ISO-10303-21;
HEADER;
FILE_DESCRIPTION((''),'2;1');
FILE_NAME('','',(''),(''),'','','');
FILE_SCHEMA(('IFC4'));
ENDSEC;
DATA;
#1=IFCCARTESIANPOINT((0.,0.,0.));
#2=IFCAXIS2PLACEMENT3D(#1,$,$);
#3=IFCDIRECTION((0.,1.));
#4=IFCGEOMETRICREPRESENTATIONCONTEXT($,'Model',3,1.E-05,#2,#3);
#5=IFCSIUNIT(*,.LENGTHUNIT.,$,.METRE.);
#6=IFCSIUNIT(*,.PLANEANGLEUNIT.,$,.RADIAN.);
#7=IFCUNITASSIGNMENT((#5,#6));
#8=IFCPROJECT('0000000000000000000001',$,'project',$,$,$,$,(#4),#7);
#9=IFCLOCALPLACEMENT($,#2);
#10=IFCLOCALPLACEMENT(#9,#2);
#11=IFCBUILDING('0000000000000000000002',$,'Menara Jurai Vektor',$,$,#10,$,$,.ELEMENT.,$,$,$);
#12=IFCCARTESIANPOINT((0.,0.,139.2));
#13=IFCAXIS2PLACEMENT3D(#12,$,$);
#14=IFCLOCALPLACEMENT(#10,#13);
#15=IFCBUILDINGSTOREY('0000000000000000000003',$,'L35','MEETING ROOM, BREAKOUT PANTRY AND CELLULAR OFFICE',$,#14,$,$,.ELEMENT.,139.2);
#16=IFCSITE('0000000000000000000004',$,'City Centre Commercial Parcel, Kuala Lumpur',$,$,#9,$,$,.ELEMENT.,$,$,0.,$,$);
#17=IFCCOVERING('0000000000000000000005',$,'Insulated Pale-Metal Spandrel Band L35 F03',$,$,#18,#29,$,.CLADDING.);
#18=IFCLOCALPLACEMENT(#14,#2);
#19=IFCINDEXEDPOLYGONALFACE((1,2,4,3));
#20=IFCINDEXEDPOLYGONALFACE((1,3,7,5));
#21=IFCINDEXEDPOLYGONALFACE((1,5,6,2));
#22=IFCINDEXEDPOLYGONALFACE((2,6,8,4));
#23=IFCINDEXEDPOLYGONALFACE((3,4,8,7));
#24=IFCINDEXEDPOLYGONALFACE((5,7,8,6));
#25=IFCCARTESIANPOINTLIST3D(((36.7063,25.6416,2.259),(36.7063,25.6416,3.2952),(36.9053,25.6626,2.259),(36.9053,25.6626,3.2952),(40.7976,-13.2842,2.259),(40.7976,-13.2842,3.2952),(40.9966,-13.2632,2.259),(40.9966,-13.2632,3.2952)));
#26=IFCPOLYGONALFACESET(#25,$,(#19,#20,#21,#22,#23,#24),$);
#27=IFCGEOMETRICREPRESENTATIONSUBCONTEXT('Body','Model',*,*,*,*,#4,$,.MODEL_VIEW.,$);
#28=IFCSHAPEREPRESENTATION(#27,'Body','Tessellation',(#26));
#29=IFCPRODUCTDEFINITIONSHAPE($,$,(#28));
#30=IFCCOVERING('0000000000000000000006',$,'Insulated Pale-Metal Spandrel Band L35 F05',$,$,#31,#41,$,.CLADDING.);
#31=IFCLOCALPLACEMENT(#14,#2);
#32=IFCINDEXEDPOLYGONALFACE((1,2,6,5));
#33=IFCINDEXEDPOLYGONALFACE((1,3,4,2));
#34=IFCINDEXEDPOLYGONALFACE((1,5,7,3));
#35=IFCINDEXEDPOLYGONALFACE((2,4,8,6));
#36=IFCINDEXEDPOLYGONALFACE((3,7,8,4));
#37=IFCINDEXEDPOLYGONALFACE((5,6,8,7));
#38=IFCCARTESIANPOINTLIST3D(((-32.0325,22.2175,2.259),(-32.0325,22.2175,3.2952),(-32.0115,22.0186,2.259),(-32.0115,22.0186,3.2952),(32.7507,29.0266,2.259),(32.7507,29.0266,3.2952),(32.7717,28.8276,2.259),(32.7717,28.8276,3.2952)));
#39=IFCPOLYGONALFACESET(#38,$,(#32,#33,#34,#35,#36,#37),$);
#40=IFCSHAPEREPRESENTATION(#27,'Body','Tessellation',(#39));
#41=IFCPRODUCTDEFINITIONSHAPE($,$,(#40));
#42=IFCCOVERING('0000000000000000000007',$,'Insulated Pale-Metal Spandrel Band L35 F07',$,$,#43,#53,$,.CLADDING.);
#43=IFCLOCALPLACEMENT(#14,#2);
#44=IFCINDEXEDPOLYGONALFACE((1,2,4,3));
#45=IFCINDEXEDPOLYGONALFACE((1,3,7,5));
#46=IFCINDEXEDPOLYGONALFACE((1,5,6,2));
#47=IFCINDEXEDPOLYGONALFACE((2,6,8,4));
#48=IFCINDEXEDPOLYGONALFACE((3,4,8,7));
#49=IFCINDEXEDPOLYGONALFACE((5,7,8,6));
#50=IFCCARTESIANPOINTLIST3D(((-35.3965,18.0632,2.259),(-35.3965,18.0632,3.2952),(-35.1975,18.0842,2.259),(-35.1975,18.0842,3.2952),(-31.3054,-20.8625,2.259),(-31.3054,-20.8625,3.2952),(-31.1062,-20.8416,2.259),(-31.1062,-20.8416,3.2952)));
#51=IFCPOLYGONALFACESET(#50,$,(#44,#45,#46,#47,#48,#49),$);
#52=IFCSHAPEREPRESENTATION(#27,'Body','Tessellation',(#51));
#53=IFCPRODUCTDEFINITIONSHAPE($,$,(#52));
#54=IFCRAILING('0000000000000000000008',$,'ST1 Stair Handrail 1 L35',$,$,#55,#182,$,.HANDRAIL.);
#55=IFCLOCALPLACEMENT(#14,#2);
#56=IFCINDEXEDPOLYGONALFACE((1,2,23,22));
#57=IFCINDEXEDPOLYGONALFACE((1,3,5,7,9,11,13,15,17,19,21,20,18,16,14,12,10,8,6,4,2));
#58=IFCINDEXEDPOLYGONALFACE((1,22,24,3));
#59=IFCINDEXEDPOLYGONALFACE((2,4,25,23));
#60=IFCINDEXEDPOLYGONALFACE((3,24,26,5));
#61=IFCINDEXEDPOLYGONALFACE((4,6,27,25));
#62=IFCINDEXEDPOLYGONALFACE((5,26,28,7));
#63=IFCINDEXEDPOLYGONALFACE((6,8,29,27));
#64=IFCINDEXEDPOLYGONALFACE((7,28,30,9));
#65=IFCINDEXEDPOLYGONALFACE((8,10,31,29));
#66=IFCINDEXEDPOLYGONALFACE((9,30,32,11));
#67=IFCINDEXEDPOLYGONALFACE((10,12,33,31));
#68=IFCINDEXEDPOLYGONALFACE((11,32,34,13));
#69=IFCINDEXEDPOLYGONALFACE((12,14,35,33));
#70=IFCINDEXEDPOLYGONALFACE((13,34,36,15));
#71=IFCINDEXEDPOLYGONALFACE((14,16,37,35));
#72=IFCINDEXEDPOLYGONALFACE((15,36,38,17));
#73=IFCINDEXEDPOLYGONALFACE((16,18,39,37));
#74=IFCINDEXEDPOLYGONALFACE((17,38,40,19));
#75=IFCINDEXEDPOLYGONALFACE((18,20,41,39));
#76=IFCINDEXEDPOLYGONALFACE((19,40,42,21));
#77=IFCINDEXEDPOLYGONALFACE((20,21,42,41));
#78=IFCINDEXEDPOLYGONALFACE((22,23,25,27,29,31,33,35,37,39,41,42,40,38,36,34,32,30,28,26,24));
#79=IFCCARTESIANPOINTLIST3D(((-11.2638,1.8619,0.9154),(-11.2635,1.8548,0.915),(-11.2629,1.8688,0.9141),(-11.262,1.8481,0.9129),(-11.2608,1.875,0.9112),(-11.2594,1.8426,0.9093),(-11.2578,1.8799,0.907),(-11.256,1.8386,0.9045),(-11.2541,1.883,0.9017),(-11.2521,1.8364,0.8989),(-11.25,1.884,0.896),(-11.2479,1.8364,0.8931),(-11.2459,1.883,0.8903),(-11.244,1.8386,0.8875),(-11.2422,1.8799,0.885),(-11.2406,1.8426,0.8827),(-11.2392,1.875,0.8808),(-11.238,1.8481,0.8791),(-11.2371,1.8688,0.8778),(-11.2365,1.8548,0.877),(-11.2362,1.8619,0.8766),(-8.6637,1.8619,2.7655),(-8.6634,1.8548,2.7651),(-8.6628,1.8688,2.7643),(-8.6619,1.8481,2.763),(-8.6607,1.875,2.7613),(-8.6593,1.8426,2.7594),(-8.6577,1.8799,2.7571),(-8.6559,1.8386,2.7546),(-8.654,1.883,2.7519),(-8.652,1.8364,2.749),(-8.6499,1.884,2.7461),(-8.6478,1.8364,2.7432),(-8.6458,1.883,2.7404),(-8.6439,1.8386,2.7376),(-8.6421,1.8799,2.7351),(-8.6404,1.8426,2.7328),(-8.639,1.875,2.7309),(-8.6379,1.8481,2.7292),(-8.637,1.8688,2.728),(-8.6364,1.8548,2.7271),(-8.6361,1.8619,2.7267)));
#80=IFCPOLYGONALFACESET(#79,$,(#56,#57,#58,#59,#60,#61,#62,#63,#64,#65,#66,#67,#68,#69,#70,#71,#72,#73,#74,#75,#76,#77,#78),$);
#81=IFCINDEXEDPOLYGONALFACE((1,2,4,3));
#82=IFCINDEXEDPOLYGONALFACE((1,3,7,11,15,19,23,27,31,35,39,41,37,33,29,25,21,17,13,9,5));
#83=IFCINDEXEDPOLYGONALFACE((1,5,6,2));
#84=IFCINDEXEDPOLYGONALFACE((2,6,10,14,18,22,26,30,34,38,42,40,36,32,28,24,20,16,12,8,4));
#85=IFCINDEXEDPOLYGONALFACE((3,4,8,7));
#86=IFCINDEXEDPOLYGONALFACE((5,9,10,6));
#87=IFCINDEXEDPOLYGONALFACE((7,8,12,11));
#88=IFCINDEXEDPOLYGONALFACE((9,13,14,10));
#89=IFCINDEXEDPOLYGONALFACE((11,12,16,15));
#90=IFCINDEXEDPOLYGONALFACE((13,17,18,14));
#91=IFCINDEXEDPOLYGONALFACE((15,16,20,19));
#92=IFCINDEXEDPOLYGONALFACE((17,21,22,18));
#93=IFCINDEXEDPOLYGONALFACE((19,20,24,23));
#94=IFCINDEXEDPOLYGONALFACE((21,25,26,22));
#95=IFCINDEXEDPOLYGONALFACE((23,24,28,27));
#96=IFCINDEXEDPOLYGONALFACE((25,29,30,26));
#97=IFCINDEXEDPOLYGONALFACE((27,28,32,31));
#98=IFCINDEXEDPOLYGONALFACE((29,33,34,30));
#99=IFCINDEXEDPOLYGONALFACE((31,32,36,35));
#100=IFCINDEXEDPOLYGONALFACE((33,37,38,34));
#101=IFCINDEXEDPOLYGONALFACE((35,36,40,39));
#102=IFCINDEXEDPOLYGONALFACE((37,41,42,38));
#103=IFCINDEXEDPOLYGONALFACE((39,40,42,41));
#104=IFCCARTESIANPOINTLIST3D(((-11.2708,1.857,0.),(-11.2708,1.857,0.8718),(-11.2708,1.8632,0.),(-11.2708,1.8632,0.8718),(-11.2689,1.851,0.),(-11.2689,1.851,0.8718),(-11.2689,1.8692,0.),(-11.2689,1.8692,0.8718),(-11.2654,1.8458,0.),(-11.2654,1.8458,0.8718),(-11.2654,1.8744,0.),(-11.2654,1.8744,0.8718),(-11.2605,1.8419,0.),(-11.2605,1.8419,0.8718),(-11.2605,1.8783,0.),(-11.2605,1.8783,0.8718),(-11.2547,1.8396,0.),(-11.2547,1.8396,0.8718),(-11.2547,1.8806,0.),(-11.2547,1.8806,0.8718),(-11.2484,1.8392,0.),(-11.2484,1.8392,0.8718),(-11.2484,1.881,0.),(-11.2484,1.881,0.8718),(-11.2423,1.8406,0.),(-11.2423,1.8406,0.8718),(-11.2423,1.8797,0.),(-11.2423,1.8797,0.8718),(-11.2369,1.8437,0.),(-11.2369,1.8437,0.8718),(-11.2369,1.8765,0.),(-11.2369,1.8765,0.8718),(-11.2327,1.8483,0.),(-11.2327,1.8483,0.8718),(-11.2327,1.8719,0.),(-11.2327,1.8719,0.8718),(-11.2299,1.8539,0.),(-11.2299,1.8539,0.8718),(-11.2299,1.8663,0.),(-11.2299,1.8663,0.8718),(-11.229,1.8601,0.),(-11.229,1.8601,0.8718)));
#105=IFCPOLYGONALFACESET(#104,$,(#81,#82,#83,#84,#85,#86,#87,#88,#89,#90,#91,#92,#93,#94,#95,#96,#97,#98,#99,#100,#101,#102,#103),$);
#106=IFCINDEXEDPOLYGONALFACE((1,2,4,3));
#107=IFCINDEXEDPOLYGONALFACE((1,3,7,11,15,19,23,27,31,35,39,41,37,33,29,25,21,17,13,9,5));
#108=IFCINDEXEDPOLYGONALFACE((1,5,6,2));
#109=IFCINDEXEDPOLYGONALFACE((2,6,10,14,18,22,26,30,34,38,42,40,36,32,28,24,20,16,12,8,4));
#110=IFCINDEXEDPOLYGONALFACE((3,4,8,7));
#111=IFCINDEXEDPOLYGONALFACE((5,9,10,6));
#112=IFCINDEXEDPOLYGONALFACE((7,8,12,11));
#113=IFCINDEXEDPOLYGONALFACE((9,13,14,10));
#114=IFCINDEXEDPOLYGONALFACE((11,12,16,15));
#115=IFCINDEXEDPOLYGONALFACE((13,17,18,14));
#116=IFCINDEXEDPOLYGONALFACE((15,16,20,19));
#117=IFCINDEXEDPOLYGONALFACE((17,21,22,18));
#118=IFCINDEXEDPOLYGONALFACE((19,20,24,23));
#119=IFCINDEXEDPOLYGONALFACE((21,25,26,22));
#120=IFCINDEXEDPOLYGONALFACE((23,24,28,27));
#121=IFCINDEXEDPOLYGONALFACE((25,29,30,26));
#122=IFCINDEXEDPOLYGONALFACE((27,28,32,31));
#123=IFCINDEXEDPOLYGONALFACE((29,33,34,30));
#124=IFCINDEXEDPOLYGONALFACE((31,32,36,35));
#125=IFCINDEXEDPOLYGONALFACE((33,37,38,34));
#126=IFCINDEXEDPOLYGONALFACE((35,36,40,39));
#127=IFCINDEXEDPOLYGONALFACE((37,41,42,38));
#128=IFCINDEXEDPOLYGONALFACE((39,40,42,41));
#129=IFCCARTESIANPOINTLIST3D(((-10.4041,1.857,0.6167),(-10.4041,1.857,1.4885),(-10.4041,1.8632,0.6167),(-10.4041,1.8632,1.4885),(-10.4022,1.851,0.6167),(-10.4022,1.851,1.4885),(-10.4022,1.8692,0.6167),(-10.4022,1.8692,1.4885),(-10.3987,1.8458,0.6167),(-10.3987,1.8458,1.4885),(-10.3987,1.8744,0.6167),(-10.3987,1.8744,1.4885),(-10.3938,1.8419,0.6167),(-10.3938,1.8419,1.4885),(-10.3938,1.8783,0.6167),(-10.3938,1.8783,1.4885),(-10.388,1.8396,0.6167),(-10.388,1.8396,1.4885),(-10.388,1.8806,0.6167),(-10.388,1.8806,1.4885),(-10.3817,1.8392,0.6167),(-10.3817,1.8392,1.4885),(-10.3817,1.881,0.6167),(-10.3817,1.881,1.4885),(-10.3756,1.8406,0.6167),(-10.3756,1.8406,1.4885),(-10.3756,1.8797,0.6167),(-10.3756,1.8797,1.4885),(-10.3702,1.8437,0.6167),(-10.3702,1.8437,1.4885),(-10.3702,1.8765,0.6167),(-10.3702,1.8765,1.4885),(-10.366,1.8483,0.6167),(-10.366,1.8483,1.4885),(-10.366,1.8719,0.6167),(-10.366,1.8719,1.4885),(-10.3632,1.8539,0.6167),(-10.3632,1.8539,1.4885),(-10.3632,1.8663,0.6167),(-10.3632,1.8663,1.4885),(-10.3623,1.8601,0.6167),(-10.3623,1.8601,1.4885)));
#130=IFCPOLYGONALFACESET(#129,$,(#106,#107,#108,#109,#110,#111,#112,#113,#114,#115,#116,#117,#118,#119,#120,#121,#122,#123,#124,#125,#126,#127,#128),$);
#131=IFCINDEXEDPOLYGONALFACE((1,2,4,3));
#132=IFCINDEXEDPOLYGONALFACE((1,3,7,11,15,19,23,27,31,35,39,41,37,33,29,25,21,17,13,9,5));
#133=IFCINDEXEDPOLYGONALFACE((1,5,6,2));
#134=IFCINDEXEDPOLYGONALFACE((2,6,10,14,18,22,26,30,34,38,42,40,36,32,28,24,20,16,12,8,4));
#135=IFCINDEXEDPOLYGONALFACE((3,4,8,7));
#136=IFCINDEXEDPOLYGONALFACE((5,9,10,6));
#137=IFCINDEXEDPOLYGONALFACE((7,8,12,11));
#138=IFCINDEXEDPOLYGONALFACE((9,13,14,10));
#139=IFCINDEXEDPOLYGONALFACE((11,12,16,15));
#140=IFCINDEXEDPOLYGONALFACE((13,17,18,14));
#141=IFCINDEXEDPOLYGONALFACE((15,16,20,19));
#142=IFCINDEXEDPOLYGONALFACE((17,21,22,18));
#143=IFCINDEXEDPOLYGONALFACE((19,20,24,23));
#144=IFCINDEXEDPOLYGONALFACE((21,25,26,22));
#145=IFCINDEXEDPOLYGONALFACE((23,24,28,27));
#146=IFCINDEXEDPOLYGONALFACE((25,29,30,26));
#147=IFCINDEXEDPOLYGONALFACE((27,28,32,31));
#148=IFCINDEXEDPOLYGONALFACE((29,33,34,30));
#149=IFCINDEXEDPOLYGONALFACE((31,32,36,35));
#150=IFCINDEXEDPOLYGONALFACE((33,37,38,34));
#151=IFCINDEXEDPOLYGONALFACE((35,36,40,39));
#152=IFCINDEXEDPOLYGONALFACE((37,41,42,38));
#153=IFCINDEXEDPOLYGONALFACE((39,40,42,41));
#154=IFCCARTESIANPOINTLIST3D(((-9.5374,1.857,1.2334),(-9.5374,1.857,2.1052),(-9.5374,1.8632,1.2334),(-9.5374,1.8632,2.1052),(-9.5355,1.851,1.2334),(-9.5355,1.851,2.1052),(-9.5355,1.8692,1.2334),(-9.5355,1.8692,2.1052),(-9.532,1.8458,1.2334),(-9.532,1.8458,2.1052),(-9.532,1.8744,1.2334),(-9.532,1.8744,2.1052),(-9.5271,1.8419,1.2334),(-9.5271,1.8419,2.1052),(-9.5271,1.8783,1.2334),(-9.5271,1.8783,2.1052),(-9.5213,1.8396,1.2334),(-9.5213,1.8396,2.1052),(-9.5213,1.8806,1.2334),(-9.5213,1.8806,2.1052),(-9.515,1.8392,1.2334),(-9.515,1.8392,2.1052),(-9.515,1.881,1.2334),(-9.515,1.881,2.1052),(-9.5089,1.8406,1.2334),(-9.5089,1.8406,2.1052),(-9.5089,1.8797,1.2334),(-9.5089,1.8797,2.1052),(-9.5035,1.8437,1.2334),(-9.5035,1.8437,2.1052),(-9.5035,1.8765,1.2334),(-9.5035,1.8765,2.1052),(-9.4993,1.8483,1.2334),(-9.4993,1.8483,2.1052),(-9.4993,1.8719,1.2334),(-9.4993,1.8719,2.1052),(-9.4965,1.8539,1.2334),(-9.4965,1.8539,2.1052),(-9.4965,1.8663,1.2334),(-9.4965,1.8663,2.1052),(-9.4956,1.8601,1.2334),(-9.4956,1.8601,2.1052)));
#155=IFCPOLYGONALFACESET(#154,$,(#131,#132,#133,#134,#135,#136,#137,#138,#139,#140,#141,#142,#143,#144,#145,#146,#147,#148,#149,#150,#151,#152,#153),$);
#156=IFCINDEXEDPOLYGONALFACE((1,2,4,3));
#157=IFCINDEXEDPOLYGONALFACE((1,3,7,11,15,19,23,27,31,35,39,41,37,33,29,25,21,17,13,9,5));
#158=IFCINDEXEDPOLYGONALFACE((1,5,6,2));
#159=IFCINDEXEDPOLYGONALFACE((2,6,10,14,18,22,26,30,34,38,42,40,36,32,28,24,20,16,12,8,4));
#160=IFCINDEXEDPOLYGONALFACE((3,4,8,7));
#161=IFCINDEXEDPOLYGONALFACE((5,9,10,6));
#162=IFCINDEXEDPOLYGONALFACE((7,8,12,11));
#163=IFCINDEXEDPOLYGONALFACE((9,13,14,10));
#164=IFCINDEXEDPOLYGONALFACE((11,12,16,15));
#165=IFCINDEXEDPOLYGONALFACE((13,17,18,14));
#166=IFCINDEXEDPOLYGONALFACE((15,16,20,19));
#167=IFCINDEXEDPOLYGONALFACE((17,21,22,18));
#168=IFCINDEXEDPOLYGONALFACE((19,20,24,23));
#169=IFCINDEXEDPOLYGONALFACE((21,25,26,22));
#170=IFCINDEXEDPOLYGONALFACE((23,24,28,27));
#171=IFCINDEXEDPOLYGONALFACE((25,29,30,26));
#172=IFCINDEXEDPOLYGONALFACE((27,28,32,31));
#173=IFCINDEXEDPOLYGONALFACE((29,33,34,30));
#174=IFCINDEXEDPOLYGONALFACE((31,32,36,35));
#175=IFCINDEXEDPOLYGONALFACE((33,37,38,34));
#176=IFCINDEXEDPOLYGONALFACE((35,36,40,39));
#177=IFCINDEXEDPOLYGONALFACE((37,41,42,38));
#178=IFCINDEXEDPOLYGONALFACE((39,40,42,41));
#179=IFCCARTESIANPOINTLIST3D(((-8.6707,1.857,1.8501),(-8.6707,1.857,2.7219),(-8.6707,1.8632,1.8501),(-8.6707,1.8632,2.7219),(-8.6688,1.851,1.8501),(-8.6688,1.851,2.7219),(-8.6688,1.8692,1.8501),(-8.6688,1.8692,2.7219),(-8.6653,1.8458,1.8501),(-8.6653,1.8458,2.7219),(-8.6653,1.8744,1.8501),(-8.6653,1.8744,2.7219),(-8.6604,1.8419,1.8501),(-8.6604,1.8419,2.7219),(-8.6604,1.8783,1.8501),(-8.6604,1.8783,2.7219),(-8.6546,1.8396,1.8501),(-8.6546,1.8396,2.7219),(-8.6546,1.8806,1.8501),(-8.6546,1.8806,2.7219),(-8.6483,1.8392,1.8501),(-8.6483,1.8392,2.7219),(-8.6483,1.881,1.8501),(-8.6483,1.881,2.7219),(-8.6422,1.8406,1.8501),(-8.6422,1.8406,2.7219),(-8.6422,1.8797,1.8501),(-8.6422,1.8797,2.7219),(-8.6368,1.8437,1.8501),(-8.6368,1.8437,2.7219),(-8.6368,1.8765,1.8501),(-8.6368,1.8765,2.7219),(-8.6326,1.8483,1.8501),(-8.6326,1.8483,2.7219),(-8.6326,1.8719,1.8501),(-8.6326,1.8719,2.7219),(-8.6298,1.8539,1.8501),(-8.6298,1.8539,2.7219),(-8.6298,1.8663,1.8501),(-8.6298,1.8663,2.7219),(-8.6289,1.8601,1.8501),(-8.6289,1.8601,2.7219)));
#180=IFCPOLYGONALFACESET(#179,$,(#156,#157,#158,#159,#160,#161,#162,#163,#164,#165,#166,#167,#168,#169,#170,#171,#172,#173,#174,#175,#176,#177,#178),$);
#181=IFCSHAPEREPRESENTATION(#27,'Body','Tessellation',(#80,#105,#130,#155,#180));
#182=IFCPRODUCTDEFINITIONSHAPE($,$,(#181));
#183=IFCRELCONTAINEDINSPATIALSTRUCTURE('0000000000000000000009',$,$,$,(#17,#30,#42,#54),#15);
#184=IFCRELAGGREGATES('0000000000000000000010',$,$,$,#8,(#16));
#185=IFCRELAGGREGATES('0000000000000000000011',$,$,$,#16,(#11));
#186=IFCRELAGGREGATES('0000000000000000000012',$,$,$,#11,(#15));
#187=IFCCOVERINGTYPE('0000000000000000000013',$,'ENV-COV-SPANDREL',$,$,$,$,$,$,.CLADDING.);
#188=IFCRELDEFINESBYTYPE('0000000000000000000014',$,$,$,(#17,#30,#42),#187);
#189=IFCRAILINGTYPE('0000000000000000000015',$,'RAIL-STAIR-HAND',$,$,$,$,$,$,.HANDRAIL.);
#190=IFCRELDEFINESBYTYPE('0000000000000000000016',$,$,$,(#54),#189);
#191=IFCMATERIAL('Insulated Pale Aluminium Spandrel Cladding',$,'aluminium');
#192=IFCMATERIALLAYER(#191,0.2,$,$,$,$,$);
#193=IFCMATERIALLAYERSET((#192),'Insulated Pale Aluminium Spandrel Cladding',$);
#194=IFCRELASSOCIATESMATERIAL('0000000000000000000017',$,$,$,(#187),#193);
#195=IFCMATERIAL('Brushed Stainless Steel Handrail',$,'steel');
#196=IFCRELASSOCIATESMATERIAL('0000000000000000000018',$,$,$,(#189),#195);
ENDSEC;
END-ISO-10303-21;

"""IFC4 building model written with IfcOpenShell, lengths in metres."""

from ifc_helpers import new_model, si_unit, direction, frame, origin, origin_2d, place, context, subcontext, project, spatial, polyline, circle, outline, extrude, material, layer, layer_set, type_object, element, save


model = new_model("IFC4")

# Units and contexts
model_context = context("Model", 3, precision=1e-05, world=origin(), true_north=direction((0.0, 1.0)))
body_context = subcontext(model_context, "Body", "Model", "MODEL_VIEW")
ifc_project = project(units=[si_unit("LENGTHUNIT", "METRE"), si_unit("PLANEANGLEUNIT", "RADIAN")], contexts=[model_context])

# Site, building, storey
site_placement = place(None, origin())
site = spatial("IfcSite", under=ifc_project, at=site_placement, Name="City Centre Commercial Parcel, Kuala Lumpur", CompositionType="ELEMENT", RefElevation=0.0)
building_placement = place(site_placement, origin())
building = spatial("IfcBuilding", under=site, at=building_placement, Name="Menara Jurai Vektor", CompositionType="ELEMENT")
storey_placement = place(building_placement, frame((0.0, 0.0, 139.2)))
storey = spatial("IfcBuildingStorey", under=building, at=storey_placement, Name="L35", Description="MEETING ROOM, BREAKOUT PANTRY AND CELLULAR OFFICE", CompositionType="ELEMENT", Elevation=139.2)

# Coverings
ifc_material_1 = material(Name="Insulated Pale Aluminium Spandrel Cladding", Category="aluminium")
ifc_layer_1 = layer(ifc_material_1, 0.2)
ifc_layer_set_1 = layer_set([ifc_layer_1], Name="Insulated Pale Aluminium Spandrel Cladding")
covering_type = type_object("IfcCoveringType", Name="ENV-COV-SPANDREL", PredefinedType="CLADDING", material=ifc_layer_set_1)
covering_1_placement = place(storey_placement, frame((0.0, 0.0, 2.259)))
element("IfcCovering", 1, at=covering_1_placement, inside=storey, type_object=covering_type, Name="Insulated Pale-Metal Spandrel Band L35 F03", PredefinedType="CLADDING", context=body_context, shape_type="SweptSolid", body=[
    extrude(outline(polyline([(40.7976, -13.2842), (40.9966, -13.2632), (36.9053, 25.6626), (36.7063, 25.6416), (40.7976, -13.2842)])), origin(), (0.0, 0.0, 1.0), 1.0361),
])
covering_2_placement = place(storey_placement, frame((0.0, 0.0, 2.259)))
element("IfcCovering", 2, at=covering_2_placement, inside=storey, type_object=covering_type, Name="Insulated Pale-Metal Spandrel Band L35 F05", PredefinedType="CLADDING", context=body_context, shape_type="SweptSolid", body=[
    extrude(outline(polyline([(32.7717, 28.8276), (32.7507, 29.0266), (-32.0325, 22.2175), (-32.0115, 22.0186), (32.7717, 28.8276)])), origin(), (0.0, 0.0, 1.0), 1.0361),
])
covering_3_placement = place(storey_placement, frame((0.0, 0.0, 2.259)))
element("IfcCovering", 3, at=covering_3_placement, inside=storey, type_object=covering_type, Name="Insulated Pale-Metal Spandrel Band L35 F07", PredefinedType="CLADDING", context=body_context, shape_type="SweptSolid", body=[
    extrude(outline(polyline([(-35.1975, 18.0842), (-35.3965, 18.0632), (-31.3054, -20.8625), (-31.1062, -20.8416), (-35.1975, 18.0842)])), origin(), (0.0, 0.0, 1.0), 1.0361),
])

# Railing
ifc_material_2 = material(Name="Brushed Stainless Steel Handrail", Category="steel")
railing_type_1 = type_object("IfcRailingType", Name="RAIL-STAIR-HAND", PredefinedType="HANDRAIL", material=ifc_material_2)
railing_1_placement = place(storey_placement, frame((-11.25, 1.8601, 0.0)))
element("IfcRailing", 4, at=railing_1_placement, inside=storey, type_object=railing_type_1, Name="ST1 Stair Handrail 1 L35", PredefinedType="HANDRAIL", context=body_context, shape_type="SweptSolid", body=[
    extrude(circle(Radius=0.0239, at=origin_2d()), frame((0.0, 0.0, 0.896), z_axis=(0.814787, 0.0, 0.579761), x_axis=(0.0, 1.0, 0.0)), (0.0, 0.0, 1.0), 3.1912),
    extrude(circle(Radius=0.021, at=origin_2d()), origin(), (0.0, 0.0, 1.0), 0.8718),
    extrude(circle(Radius=0.021, at=origin_2d()), frame((0.8667, 0.0, 0.6167)), (0.0, 0.0, 1.0), 0.8718),
    extrude(circle(Radius=0.021, at=origin_2d()), frame((1.7334, 0.0, 1.2334)), (0.0, 0.0, 1.0), 0.8718),
    extrude(circle(Radius=0.021, at=origin_2d()), frame((2.6001, 0.0, 1.8501)), (0.0, 0.0, 1.0), 0.8718),
])

save(model, "model.ifc")
